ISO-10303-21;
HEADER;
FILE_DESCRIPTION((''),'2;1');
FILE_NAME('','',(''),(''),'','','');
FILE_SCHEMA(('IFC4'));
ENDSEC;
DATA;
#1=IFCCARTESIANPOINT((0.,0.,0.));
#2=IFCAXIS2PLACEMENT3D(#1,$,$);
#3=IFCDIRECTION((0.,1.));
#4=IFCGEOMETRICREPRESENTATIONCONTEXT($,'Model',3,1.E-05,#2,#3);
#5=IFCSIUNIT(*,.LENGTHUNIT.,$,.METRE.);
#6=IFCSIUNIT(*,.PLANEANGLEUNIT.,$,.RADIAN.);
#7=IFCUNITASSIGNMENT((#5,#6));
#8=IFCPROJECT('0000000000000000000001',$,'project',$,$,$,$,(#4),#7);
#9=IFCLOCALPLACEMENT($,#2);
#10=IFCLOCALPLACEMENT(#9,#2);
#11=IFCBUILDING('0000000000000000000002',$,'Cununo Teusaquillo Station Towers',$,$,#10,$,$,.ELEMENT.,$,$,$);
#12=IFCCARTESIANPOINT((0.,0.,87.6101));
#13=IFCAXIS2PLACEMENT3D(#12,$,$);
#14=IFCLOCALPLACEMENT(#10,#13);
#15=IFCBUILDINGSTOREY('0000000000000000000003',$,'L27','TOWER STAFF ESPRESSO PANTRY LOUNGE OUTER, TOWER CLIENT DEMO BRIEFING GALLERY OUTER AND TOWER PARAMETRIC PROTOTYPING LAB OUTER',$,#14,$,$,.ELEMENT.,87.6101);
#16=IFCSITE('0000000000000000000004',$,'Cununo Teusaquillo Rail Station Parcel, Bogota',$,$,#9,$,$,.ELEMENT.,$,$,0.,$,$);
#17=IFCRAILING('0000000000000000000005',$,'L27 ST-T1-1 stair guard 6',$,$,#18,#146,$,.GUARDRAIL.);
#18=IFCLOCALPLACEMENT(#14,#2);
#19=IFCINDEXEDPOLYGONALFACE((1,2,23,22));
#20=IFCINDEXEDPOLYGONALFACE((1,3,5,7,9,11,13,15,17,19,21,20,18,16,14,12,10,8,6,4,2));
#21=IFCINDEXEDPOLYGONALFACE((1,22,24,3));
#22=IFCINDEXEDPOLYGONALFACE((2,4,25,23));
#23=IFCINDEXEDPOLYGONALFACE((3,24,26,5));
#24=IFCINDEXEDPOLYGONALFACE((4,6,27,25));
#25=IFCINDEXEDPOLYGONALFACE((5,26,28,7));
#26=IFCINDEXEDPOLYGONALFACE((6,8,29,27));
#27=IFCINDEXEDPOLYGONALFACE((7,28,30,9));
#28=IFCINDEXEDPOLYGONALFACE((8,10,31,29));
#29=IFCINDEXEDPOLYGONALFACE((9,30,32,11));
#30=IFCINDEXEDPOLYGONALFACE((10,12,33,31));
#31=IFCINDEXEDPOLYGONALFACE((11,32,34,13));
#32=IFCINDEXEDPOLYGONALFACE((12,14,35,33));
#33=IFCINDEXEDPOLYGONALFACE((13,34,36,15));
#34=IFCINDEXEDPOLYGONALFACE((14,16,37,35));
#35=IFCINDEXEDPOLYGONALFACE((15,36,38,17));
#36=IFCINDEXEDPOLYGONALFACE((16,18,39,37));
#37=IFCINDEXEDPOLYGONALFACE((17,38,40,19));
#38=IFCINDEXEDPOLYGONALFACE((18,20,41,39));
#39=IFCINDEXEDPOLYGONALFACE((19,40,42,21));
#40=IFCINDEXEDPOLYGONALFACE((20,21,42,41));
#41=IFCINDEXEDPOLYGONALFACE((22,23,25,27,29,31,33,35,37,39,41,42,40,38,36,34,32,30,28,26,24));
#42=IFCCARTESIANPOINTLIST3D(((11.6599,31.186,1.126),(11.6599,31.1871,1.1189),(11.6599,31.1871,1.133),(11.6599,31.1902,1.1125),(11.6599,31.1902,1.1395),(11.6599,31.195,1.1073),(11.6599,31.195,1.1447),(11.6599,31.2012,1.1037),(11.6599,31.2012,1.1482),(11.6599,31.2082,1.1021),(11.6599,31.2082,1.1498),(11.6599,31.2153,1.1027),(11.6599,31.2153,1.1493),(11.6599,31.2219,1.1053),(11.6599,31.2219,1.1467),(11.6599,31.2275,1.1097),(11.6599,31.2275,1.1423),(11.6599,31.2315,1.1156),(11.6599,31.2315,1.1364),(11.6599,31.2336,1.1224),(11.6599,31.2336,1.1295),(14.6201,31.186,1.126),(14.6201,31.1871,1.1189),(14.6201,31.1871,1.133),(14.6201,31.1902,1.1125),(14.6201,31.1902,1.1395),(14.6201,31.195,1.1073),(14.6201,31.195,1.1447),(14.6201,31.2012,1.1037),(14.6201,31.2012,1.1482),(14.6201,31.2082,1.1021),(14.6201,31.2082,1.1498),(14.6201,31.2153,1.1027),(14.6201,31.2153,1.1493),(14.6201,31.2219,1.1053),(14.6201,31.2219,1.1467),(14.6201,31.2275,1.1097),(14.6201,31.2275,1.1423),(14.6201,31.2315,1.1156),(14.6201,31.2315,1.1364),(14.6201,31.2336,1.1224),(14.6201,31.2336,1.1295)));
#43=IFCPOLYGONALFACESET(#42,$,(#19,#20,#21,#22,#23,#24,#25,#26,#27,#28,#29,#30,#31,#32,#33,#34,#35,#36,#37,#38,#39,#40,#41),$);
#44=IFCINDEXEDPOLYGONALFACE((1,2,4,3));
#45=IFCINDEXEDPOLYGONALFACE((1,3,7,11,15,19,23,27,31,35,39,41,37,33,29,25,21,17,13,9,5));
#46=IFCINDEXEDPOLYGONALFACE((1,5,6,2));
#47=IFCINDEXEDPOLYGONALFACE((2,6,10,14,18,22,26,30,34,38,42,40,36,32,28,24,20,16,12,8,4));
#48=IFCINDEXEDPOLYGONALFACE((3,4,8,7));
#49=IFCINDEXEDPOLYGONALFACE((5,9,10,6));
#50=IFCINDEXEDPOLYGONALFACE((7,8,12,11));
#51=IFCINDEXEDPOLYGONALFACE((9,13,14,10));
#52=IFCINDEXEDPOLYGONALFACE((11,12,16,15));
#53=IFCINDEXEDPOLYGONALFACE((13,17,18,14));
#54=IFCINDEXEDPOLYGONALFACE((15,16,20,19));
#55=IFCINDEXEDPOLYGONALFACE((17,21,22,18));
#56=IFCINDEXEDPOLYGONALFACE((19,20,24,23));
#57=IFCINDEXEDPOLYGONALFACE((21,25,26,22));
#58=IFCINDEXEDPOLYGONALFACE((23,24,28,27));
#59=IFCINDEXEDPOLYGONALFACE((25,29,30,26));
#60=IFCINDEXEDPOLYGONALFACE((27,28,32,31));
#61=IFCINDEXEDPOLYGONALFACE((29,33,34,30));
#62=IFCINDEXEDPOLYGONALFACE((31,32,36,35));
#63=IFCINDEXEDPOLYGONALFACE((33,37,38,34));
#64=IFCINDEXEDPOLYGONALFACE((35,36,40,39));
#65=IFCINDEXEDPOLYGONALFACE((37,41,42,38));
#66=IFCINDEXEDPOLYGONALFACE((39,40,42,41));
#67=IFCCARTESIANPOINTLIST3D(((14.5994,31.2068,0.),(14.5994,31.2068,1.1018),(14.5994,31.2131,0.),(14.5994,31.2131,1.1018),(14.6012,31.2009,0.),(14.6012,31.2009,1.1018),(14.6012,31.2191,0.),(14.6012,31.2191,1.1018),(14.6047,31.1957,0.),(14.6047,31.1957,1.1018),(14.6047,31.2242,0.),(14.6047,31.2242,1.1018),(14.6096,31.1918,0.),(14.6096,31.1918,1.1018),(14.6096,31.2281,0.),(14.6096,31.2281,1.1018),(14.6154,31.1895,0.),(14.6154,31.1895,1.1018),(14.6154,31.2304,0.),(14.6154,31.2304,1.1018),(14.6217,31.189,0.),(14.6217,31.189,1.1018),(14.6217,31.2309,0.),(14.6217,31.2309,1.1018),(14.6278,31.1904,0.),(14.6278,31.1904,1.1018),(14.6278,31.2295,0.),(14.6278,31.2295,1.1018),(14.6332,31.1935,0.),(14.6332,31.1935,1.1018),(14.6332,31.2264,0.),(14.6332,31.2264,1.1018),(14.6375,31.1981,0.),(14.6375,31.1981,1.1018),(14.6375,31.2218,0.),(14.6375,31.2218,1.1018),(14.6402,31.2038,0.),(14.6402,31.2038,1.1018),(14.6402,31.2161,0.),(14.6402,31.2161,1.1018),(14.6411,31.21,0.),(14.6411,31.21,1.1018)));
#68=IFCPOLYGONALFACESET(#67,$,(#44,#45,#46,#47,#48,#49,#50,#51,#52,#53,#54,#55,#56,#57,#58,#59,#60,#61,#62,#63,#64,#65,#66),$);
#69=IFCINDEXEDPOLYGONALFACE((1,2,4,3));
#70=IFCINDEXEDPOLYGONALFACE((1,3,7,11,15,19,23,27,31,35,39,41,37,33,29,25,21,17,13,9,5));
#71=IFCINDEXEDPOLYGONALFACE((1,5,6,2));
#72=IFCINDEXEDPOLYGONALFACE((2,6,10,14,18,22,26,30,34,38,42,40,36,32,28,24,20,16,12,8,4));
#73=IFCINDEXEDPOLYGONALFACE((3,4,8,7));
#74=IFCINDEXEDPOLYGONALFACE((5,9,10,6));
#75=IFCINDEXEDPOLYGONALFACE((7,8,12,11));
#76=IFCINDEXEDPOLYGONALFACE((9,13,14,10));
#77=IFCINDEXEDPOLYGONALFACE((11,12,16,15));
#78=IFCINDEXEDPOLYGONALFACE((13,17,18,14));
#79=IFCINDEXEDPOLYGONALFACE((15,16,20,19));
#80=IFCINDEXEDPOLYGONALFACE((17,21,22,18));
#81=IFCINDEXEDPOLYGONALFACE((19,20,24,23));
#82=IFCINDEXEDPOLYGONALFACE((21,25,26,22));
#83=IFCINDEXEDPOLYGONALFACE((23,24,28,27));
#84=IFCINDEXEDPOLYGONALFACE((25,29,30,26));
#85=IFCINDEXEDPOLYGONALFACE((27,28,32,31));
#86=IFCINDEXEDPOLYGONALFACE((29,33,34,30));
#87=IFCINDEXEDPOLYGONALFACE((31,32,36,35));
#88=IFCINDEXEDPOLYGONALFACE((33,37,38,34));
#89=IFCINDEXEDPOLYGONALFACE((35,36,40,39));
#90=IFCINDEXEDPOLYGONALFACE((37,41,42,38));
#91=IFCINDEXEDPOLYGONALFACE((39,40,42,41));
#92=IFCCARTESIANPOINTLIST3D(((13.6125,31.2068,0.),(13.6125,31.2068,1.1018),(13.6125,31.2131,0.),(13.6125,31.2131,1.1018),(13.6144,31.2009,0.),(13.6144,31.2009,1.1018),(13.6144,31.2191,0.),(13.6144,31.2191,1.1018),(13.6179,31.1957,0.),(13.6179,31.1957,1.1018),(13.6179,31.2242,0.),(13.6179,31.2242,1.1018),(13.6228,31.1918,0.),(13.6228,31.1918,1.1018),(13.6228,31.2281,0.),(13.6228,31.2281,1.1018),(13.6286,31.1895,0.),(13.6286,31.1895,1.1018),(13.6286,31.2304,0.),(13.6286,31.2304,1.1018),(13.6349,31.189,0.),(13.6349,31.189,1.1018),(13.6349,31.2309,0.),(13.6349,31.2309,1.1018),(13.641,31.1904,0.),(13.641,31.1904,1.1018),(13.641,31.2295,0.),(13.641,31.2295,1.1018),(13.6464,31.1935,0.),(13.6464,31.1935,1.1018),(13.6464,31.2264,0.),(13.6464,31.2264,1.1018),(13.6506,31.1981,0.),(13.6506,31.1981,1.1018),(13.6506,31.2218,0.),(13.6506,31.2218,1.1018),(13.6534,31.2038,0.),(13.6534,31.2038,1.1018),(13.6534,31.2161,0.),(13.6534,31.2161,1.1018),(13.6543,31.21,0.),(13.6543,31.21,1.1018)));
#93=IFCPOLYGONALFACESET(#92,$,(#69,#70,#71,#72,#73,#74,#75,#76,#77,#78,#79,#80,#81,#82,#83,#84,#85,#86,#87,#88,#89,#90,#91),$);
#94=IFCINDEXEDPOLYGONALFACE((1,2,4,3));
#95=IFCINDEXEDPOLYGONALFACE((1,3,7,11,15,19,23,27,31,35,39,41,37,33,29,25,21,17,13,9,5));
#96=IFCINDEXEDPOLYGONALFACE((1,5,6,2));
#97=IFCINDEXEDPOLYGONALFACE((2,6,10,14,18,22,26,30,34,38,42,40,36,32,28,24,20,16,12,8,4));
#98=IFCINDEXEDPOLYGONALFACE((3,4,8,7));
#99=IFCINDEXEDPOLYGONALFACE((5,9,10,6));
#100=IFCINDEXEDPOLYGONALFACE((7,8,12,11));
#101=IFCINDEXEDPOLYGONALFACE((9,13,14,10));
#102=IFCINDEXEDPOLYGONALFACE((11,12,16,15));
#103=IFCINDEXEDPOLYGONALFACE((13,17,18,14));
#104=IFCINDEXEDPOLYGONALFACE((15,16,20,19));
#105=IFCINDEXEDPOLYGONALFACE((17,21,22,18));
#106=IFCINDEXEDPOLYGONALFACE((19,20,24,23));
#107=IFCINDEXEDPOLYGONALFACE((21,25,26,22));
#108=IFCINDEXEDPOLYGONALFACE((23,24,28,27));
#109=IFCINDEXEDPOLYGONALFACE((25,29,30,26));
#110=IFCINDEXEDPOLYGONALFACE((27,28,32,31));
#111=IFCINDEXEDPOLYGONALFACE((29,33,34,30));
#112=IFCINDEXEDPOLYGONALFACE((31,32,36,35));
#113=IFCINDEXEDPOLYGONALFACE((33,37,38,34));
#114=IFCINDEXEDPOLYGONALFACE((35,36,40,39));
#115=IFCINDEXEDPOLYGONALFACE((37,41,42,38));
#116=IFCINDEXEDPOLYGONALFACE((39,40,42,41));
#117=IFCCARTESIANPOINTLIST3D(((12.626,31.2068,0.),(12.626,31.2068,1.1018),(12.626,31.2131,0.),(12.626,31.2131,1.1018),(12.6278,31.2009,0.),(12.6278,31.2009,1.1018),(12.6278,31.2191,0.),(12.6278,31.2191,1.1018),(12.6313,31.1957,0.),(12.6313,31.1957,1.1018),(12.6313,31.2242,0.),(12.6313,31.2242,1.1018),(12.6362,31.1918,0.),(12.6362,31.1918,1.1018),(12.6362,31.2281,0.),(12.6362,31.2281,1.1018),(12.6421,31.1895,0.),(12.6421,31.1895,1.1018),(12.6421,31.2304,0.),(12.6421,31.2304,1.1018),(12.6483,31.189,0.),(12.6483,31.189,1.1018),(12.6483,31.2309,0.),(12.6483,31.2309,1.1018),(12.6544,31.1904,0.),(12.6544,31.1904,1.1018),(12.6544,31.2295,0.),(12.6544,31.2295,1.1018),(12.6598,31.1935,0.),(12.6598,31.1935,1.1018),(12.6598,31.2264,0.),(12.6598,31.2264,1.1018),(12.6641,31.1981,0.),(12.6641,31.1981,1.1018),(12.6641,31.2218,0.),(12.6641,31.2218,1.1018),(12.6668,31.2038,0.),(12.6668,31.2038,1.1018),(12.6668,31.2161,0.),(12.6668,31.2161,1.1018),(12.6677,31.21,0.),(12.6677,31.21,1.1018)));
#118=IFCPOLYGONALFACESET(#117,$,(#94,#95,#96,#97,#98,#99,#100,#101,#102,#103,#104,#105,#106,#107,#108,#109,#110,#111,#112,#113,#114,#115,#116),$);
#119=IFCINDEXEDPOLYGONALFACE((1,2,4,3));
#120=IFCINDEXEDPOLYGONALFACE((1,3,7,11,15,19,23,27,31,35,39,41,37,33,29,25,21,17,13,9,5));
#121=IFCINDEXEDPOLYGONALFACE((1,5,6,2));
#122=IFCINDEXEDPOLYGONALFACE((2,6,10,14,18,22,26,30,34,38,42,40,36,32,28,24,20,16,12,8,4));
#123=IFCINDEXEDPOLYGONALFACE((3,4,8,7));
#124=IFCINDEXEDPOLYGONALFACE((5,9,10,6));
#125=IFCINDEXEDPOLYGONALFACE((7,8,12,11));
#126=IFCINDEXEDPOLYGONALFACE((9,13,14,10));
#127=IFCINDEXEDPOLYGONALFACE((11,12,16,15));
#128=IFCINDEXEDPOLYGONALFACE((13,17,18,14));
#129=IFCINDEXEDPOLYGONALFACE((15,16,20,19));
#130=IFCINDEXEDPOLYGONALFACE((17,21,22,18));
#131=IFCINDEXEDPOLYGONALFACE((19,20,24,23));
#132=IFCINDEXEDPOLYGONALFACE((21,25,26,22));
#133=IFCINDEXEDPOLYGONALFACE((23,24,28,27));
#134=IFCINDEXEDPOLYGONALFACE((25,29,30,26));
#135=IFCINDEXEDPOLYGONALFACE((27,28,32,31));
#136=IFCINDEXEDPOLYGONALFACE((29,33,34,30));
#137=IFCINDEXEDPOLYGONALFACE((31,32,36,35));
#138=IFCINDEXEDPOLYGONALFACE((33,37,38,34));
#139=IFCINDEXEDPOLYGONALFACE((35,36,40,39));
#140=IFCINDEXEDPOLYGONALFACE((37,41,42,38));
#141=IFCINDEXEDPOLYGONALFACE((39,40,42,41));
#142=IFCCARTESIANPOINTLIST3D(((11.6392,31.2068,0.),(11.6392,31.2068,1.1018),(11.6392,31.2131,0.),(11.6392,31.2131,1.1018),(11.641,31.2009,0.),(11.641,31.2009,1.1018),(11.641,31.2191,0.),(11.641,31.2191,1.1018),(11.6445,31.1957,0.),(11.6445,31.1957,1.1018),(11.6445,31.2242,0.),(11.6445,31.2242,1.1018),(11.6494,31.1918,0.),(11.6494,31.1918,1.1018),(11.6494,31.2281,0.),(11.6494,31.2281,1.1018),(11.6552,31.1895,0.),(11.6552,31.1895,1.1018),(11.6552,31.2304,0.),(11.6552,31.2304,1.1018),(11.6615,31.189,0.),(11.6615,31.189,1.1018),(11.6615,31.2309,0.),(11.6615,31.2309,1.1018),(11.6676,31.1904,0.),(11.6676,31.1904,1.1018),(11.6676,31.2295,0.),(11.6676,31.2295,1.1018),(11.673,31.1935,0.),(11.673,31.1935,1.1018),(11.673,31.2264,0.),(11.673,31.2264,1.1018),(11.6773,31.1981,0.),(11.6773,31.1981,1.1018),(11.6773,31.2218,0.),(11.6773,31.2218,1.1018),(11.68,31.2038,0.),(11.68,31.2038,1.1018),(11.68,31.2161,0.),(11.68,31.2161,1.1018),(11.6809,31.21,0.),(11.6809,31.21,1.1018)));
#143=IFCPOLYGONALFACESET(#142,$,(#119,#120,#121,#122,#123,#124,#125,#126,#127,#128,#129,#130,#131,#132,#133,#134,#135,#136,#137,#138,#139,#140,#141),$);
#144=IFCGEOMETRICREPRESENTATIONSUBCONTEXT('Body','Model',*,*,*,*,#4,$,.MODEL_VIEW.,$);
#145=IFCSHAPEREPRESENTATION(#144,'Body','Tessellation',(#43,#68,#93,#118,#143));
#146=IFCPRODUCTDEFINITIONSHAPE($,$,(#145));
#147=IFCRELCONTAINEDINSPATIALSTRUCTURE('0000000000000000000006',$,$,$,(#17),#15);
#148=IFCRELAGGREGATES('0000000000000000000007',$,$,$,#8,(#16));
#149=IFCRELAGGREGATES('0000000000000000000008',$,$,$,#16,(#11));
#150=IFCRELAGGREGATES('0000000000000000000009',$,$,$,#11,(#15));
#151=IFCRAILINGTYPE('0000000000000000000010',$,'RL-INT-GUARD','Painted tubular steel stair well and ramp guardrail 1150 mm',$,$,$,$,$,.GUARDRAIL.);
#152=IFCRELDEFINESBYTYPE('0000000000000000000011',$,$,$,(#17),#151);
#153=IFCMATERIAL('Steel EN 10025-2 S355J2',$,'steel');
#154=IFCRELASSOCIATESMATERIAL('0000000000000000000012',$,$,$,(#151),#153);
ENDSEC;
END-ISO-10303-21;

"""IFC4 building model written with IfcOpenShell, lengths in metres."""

from ifc_helpers import new_model, si_unit, direction, frame, origin, origin_2d, place, context, subcontext, project, spatial, circle, extrude, material, type_object, element, save


model = new_model("IFC4")

# Units and contexts
model_context = context("Model", 3, precision=1e-05, world=origin(), true_north=direction((0.0, 1.0)))
body_context = subcontext(model_context, "Body", "Model", "MODEL_VIEW")
ifc_project = project(units=[si_unit("LENGTHUNIT", "METRE"), si_unit("PLANEANGLEUNIT", "RADIAN")], contexts=[model_context])

# Site, building, storey
site_placement = place(None, origin())
site = spatial("IfcSite", under=ifc_project, at=site_placement, Name="Cununo Teusaquillo Rail Station Parcel, Bogota", CompositionType="ELEMENT", RefElevation=0.0)
building_placement = place(site_placement, origin())
building = spatial("IfcBuilding", under=site, at=building_placement, Name="Cununo Teusaquillo Station Towers", CompositionType="ELEMENT")
storey_placement = place(building_placement, frame((0.0, 0.0, 87.6101)))
storey = spatial("IfcBuildingStorey", under=building, at=storey_placement, Name="L27", Description="TOWER STAFF ESPRESSO PANTRY LOUNGE OUTER, TOWER CLIENT DEMO BRIEFING GALLERY OUTER AND TOWER PARAMETRIC PROTOTYPING LAB OUTER", CompositionType="ELEMENT", Elevation=87.6101)

# Railing
ifc_material_1 = material(Name="Steel EN 10025-2 S355J2", Category="steel")
railing_type_1 = type_object("IfcRailingType", Name="RL-INT-GUARD", Description="Painted tubular steel stair well and ramp guardrail 1150 mm", PredefinedType="GUARDRAIL", material=ifc_material_1)
railing_1_placement = place(storey_placement, frame((14.6201, 31.21, 0.0)))
element("IfcRailing", 1, at=railing_1_placement, inside=storey, type_object=railing_type_1, Name="L27 ST-T1-1 stair guard 6", PredefinedType="GUARDRAIL", context=body_context, shape_type="SweptSolid", body=[
    extrude(circle(Radius=0.0239, at=origin_2d()), frame((0.0, 0.0, 1.126), z_axis=(-1.0, 0.0, 0.0), x_axis=(0.0, -1.0, 0.0)), (0.0, 0.0, 1.0), 2.9602),
    extrude(circle(Radius=0.021, at=origin_2d()), origin(), (0.0, 0.0, 1.0), 1.1018),
    extrude(circle(Radius=0.021, at=origin_2d()), frame((-0.9868, 0.0, 0.0)), (0.0, 0.0, 1.0), 1.1018),
    extrude(circle(Radius=0.021, at=origin_2d()), frame((-1.9734, 0.0, 0.0)), (0.0, 0.0, 1.0), 1.1018),
    extrude(circle(Radius=0.021, at=origin_2d()), frame((-2.9602, 0.0, 0.0)), (0.0, 0.0, 1.0), 1.1018),
])

save(model, "model.ifc")
